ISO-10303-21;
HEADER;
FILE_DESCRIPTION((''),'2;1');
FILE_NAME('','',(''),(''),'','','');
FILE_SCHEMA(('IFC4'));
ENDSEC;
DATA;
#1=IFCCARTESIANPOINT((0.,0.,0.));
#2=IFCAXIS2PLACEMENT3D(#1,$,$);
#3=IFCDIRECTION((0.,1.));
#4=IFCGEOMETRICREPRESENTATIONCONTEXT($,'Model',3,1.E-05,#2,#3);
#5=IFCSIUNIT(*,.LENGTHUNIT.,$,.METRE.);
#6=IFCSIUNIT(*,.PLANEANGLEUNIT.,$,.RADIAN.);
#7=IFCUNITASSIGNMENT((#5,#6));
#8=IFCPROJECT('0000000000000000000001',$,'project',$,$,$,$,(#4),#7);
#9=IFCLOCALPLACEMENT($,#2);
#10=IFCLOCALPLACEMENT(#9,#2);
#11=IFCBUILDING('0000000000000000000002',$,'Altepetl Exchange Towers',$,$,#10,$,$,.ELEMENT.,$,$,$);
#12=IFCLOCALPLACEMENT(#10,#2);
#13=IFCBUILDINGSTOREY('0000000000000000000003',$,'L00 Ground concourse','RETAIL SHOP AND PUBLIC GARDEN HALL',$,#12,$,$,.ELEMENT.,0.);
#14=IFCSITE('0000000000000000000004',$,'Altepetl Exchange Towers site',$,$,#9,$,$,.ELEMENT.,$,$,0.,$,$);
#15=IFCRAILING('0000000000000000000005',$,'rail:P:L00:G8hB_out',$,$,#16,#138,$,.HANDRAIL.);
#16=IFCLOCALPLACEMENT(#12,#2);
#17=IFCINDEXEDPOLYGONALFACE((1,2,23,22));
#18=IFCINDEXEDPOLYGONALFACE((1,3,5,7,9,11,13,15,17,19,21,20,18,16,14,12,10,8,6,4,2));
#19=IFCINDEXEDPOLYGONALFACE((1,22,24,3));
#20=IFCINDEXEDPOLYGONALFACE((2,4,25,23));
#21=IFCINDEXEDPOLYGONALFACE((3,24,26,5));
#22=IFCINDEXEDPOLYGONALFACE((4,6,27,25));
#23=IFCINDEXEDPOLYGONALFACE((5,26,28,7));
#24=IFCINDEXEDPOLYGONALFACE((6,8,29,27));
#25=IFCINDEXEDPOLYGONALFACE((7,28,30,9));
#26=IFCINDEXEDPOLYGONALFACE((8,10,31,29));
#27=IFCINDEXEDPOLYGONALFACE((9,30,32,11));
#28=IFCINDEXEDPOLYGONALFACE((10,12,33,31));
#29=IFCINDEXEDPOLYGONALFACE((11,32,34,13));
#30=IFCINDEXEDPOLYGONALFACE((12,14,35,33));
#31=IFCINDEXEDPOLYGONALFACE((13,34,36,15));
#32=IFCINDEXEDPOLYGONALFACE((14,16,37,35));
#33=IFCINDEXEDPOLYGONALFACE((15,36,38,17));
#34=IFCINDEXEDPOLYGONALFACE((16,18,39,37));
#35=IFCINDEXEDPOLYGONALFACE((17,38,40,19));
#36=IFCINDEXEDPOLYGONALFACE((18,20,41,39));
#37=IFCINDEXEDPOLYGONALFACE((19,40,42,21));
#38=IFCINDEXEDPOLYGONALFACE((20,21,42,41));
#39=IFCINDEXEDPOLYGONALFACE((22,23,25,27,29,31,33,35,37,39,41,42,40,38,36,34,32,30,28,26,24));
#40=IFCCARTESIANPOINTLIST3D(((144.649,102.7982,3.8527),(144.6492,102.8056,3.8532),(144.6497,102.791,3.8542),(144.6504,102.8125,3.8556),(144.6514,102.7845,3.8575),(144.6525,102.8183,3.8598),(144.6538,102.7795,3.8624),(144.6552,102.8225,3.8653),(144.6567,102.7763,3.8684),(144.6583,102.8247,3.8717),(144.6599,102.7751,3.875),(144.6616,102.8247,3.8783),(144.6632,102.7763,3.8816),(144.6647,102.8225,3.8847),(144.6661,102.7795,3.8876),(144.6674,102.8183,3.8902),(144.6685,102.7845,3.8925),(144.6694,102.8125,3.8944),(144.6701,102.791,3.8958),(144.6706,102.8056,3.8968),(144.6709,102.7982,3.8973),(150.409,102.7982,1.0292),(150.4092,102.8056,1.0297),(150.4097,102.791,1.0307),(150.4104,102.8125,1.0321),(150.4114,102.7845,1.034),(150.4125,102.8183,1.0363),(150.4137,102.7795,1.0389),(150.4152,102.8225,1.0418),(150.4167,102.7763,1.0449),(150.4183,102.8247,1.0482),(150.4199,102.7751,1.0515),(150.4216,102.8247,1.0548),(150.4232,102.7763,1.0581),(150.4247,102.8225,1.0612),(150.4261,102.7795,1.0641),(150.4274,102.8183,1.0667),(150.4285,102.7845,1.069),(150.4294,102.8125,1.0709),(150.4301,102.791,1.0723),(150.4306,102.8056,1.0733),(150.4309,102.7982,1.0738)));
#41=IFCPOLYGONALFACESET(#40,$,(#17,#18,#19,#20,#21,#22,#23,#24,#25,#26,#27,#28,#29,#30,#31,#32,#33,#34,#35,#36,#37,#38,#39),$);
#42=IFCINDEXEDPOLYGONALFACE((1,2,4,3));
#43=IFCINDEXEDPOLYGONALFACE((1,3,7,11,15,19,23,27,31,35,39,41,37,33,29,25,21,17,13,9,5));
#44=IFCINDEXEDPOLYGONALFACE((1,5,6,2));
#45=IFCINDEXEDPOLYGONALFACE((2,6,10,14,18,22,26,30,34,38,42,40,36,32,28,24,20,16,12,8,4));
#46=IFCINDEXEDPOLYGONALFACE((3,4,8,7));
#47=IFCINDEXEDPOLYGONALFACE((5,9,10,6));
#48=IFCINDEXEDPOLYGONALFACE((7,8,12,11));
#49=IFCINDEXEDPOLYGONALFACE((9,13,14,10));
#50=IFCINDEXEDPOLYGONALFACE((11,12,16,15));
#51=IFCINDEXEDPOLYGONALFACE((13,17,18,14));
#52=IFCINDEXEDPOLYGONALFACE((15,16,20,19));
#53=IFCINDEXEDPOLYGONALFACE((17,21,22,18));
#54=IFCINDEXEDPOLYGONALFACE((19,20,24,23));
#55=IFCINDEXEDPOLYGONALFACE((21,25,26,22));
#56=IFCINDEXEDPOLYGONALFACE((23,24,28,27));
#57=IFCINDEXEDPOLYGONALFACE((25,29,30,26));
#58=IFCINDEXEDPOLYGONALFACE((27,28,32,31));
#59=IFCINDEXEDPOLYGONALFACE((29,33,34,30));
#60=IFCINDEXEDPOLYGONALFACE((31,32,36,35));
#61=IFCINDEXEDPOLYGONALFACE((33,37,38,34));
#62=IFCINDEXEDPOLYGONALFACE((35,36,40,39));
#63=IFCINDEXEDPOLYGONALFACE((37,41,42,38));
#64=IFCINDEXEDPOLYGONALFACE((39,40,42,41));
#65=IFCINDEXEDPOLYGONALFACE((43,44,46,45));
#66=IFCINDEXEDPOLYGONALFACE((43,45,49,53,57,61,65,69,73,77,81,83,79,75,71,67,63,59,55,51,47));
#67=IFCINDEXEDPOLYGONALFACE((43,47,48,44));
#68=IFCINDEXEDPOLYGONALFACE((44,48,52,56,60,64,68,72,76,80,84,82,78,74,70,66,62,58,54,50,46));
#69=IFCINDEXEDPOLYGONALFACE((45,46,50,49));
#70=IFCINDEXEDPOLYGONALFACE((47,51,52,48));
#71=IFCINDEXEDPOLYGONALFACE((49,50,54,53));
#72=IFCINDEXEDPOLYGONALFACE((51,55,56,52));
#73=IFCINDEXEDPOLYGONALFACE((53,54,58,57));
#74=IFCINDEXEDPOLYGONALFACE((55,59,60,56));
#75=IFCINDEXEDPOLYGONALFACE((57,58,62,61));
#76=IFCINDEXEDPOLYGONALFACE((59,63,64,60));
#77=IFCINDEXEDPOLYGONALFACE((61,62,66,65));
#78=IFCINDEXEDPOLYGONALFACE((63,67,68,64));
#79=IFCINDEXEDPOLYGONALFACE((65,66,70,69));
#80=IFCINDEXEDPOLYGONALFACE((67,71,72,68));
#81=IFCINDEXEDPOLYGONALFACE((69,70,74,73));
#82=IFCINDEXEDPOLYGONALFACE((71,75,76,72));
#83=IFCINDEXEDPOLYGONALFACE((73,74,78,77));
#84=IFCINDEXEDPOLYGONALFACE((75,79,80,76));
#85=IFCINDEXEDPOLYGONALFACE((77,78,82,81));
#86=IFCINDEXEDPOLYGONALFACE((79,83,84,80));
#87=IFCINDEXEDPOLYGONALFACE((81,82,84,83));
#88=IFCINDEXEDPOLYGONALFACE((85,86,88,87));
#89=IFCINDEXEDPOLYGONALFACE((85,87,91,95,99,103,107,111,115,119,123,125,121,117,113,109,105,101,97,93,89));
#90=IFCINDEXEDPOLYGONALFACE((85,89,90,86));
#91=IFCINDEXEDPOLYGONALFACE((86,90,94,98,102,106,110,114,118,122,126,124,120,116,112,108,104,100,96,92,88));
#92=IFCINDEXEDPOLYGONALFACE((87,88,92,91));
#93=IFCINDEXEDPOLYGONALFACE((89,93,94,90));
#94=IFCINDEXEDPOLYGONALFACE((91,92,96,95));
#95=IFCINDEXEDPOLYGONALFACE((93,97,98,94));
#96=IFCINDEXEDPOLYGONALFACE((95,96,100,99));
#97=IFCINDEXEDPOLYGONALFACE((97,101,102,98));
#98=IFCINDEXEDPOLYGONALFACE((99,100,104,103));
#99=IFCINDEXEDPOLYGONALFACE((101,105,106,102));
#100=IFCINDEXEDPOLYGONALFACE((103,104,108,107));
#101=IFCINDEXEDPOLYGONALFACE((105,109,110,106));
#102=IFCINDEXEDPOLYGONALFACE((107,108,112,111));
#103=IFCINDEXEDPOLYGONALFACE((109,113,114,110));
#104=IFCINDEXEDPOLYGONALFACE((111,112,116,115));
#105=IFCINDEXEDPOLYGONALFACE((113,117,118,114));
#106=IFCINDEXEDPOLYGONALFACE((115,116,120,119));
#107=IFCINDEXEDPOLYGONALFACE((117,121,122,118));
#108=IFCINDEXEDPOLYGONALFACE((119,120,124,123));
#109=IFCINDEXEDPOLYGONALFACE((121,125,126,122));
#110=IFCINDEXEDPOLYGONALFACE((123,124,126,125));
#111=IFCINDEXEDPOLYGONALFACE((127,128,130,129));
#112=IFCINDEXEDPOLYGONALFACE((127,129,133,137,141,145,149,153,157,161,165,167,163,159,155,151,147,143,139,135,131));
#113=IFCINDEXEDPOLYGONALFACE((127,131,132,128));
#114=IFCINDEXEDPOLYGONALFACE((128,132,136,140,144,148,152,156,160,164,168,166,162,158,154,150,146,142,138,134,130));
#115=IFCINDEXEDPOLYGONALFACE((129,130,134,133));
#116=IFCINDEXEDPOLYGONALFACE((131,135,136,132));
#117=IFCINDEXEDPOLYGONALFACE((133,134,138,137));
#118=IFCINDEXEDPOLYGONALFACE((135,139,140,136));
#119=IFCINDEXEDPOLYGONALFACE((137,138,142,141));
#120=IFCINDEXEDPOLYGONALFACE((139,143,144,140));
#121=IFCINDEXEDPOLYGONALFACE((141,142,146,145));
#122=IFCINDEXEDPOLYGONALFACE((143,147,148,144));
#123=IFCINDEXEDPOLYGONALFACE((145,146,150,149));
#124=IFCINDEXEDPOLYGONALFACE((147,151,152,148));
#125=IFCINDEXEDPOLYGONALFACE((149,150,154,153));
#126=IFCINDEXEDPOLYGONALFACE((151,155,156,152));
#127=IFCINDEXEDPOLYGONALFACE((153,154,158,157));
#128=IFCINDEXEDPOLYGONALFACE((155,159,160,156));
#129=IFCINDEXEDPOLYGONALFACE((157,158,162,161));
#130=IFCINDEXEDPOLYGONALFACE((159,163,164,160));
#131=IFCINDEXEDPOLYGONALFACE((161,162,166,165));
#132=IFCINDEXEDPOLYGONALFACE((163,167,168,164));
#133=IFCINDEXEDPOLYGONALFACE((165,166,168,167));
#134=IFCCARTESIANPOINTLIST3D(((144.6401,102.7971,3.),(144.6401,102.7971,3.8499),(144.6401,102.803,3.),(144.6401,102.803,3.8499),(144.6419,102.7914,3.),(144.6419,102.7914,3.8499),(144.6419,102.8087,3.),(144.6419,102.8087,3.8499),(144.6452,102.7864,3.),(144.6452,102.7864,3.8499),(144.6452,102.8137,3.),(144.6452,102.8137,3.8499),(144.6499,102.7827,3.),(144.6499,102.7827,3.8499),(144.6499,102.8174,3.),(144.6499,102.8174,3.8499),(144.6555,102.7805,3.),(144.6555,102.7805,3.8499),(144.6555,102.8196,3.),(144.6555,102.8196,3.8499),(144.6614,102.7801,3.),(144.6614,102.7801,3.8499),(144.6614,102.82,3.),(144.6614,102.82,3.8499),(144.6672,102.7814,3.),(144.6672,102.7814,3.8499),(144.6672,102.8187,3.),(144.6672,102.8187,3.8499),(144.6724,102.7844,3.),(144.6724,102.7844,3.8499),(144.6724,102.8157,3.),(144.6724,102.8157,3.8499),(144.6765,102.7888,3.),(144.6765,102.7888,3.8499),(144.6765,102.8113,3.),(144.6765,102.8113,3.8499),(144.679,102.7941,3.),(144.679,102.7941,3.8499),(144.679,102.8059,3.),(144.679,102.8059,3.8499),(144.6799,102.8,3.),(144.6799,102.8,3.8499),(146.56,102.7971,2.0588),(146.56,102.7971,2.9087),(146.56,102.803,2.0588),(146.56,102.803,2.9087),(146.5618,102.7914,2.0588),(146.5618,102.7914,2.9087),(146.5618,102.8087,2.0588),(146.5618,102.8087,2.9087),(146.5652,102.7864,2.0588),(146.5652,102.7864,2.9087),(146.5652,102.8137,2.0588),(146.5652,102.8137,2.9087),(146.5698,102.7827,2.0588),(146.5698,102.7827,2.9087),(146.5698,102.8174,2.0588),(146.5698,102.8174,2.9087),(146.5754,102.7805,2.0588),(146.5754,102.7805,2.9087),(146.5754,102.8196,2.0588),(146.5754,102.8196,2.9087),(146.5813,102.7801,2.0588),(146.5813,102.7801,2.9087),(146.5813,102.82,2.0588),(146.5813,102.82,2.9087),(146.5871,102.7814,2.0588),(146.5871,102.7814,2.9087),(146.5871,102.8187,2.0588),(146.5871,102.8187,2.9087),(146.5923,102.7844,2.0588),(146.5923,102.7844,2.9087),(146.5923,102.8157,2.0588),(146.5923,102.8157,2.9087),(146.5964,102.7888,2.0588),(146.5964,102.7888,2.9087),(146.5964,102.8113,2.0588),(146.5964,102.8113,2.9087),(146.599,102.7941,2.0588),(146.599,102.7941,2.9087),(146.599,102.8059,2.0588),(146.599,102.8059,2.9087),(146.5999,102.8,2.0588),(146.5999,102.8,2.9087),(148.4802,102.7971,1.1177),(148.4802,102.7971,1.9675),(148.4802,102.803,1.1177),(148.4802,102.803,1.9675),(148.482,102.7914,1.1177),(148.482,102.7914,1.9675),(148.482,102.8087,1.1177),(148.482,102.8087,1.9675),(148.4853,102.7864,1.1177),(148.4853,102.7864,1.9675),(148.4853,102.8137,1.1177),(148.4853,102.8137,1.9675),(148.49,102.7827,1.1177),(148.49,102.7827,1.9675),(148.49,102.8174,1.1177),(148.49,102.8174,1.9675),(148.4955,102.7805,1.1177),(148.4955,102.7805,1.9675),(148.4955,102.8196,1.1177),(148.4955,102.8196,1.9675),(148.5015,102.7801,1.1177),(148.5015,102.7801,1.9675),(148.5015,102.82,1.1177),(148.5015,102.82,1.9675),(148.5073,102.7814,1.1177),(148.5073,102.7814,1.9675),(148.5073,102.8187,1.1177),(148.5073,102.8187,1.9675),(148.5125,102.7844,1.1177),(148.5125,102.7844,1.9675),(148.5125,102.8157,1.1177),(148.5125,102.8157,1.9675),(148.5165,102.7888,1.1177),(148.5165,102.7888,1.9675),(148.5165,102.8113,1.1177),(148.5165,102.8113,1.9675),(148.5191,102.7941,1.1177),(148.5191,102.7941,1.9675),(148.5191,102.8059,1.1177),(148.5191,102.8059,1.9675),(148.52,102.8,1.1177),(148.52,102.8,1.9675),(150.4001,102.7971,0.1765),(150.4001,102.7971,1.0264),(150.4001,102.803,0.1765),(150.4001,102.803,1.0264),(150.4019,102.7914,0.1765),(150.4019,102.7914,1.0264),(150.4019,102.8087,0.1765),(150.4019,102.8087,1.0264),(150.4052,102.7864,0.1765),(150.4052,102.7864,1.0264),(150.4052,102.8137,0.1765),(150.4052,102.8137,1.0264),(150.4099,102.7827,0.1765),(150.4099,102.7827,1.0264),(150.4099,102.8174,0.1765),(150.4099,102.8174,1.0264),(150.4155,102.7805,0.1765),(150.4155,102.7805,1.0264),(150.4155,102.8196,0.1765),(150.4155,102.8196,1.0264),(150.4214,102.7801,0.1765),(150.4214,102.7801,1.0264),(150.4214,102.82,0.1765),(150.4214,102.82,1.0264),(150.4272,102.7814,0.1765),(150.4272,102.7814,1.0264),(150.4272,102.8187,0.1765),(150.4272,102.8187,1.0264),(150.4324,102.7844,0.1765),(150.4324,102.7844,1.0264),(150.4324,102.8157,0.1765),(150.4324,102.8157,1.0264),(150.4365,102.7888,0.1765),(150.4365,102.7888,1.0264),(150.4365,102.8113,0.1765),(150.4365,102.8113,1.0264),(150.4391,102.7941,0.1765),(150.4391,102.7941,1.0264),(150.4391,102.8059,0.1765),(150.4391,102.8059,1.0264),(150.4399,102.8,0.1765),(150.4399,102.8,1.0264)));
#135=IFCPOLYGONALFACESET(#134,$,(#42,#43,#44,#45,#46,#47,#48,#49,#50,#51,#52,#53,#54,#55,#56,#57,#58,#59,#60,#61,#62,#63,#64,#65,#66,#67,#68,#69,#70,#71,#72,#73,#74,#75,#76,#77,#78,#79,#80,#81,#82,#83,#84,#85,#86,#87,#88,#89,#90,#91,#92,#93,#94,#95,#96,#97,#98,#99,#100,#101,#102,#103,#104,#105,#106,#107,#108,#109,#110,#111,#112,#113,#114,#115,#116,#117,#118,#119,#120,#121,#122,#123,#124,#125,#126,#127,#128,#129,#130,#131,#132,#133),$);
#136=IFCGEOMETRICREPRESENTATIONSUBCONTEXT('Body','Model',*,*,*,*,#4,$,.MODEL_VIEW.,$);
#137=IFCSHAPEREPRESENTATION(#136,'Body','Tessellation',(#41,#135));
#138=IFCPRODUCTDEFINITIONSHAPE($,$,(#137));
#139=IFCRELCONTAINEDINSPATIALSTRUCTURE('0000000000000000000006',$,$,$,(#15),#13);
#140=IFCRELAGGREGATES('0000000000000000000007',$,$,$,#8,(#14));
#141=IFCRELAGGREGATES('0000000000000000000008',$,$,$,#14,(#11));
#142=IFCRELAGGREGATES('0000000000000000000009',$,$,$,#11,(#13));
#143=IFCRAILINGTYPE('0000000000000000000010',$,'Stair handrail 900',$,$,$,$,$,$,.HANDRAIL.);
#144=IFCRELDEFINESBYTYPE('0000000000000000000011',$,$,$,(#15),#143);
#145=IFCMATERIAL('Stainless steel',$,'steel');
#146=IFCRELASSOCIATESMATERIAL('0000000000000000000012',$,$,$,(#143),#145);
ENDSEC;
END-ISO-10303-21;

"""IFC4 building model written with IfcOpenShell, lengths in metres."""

from ifc_helpers import new_model, si_unit, direction, frame, origin, origin_2d, place, context, subcontext, project, spatial, circle, extrude, source, transform, mapped, material, type_object, element, save


model = new_model("IFC4")

# Units and contexts
model_context = context("Model", 3, precision=1e-05, world=origin(), true_north=direction((0.0, 1.0)))
body_context = subcontext(model_context, "Body", "Model", "MODEL_VIEW")
ifc_project = project(units=[si_unit("LENGTHUNIT", "METRE"), si_unit("PLANEANGLEUNIT", "RADIAN")], contexts=[model_context])

# Site, building, storey
site_placement = place(None, origin())
site = spatial("IfcSite", under=ifc_project, at=site_placement, Name="Altepetl Exchange Towers site", CompositionType="ELEMENT", RefElevation=0.0)
building_placement = place(site_placement, origin())
building = spatial("IfcBuilding", under=site, at=building_placement, Name="Altepetl Exchange Towers", CompositionType="ELEMENT")
storey_placement = place(building_placement, origin())
storey = spatial("IfcBuildingStorey", under=building, at=storey_placement, Name="L00 Ground concourse", Description="RETAIL SHOP AND PUBLIC GARDEN HALL", CompositionType="ELEMENT", Elevation=0.0)

# Railing
ifc_material_1 = material(Name="Stainless steel", Category="steel")
railing_type_1 = type_object("IfcRailingType", Name="Stair handrail 900", PredefinedType="HANDRAIL", material=ifc_material_1)
shared_shape_1 = source(origin(), body_context, "Body", "SweptSolid", [
    extrude(circle(Radius=0.02, at=origin_2d()), origin(), (0.0, 0.0, 1.0), 0.8499),
])
for number, where, name in (
    (1, (150.4199, 102.8, 0.1765), "rail:P:L00:G8hB_out"),
):
    element("IfcRailing", number, at=place(storey_placement, frame(where)), inside=storey, type_object=railing_type_1, Name=name, PredefinedType="HANDRAIL", context=body_context, shape_type="SweptSolid", body=[
        extrude(circle(Radius=0.0249, at=origin_2d()), frame((0.0, 0.0, 0.875), z_axis=(-0.897924, 0.0, 0.440151), x_axis=(0.0, -1.0, 0.0)), (0.0, 0.0, 1.0), 6.4148),
        mapped(shared_shape_1, transform((0.0, 0.0, 0.0))),
        mapped(shared_shape_1, transform((-1.9199, 0.0, 0.9412))),
        mapped(shared_shape_1, transform((-3.8401, 0.0, 1.8823))),
        mapped(shared_shape_1, transform((-5.76, 0.0, 2.8235))),
    ])

save(model, "model.ifc")
